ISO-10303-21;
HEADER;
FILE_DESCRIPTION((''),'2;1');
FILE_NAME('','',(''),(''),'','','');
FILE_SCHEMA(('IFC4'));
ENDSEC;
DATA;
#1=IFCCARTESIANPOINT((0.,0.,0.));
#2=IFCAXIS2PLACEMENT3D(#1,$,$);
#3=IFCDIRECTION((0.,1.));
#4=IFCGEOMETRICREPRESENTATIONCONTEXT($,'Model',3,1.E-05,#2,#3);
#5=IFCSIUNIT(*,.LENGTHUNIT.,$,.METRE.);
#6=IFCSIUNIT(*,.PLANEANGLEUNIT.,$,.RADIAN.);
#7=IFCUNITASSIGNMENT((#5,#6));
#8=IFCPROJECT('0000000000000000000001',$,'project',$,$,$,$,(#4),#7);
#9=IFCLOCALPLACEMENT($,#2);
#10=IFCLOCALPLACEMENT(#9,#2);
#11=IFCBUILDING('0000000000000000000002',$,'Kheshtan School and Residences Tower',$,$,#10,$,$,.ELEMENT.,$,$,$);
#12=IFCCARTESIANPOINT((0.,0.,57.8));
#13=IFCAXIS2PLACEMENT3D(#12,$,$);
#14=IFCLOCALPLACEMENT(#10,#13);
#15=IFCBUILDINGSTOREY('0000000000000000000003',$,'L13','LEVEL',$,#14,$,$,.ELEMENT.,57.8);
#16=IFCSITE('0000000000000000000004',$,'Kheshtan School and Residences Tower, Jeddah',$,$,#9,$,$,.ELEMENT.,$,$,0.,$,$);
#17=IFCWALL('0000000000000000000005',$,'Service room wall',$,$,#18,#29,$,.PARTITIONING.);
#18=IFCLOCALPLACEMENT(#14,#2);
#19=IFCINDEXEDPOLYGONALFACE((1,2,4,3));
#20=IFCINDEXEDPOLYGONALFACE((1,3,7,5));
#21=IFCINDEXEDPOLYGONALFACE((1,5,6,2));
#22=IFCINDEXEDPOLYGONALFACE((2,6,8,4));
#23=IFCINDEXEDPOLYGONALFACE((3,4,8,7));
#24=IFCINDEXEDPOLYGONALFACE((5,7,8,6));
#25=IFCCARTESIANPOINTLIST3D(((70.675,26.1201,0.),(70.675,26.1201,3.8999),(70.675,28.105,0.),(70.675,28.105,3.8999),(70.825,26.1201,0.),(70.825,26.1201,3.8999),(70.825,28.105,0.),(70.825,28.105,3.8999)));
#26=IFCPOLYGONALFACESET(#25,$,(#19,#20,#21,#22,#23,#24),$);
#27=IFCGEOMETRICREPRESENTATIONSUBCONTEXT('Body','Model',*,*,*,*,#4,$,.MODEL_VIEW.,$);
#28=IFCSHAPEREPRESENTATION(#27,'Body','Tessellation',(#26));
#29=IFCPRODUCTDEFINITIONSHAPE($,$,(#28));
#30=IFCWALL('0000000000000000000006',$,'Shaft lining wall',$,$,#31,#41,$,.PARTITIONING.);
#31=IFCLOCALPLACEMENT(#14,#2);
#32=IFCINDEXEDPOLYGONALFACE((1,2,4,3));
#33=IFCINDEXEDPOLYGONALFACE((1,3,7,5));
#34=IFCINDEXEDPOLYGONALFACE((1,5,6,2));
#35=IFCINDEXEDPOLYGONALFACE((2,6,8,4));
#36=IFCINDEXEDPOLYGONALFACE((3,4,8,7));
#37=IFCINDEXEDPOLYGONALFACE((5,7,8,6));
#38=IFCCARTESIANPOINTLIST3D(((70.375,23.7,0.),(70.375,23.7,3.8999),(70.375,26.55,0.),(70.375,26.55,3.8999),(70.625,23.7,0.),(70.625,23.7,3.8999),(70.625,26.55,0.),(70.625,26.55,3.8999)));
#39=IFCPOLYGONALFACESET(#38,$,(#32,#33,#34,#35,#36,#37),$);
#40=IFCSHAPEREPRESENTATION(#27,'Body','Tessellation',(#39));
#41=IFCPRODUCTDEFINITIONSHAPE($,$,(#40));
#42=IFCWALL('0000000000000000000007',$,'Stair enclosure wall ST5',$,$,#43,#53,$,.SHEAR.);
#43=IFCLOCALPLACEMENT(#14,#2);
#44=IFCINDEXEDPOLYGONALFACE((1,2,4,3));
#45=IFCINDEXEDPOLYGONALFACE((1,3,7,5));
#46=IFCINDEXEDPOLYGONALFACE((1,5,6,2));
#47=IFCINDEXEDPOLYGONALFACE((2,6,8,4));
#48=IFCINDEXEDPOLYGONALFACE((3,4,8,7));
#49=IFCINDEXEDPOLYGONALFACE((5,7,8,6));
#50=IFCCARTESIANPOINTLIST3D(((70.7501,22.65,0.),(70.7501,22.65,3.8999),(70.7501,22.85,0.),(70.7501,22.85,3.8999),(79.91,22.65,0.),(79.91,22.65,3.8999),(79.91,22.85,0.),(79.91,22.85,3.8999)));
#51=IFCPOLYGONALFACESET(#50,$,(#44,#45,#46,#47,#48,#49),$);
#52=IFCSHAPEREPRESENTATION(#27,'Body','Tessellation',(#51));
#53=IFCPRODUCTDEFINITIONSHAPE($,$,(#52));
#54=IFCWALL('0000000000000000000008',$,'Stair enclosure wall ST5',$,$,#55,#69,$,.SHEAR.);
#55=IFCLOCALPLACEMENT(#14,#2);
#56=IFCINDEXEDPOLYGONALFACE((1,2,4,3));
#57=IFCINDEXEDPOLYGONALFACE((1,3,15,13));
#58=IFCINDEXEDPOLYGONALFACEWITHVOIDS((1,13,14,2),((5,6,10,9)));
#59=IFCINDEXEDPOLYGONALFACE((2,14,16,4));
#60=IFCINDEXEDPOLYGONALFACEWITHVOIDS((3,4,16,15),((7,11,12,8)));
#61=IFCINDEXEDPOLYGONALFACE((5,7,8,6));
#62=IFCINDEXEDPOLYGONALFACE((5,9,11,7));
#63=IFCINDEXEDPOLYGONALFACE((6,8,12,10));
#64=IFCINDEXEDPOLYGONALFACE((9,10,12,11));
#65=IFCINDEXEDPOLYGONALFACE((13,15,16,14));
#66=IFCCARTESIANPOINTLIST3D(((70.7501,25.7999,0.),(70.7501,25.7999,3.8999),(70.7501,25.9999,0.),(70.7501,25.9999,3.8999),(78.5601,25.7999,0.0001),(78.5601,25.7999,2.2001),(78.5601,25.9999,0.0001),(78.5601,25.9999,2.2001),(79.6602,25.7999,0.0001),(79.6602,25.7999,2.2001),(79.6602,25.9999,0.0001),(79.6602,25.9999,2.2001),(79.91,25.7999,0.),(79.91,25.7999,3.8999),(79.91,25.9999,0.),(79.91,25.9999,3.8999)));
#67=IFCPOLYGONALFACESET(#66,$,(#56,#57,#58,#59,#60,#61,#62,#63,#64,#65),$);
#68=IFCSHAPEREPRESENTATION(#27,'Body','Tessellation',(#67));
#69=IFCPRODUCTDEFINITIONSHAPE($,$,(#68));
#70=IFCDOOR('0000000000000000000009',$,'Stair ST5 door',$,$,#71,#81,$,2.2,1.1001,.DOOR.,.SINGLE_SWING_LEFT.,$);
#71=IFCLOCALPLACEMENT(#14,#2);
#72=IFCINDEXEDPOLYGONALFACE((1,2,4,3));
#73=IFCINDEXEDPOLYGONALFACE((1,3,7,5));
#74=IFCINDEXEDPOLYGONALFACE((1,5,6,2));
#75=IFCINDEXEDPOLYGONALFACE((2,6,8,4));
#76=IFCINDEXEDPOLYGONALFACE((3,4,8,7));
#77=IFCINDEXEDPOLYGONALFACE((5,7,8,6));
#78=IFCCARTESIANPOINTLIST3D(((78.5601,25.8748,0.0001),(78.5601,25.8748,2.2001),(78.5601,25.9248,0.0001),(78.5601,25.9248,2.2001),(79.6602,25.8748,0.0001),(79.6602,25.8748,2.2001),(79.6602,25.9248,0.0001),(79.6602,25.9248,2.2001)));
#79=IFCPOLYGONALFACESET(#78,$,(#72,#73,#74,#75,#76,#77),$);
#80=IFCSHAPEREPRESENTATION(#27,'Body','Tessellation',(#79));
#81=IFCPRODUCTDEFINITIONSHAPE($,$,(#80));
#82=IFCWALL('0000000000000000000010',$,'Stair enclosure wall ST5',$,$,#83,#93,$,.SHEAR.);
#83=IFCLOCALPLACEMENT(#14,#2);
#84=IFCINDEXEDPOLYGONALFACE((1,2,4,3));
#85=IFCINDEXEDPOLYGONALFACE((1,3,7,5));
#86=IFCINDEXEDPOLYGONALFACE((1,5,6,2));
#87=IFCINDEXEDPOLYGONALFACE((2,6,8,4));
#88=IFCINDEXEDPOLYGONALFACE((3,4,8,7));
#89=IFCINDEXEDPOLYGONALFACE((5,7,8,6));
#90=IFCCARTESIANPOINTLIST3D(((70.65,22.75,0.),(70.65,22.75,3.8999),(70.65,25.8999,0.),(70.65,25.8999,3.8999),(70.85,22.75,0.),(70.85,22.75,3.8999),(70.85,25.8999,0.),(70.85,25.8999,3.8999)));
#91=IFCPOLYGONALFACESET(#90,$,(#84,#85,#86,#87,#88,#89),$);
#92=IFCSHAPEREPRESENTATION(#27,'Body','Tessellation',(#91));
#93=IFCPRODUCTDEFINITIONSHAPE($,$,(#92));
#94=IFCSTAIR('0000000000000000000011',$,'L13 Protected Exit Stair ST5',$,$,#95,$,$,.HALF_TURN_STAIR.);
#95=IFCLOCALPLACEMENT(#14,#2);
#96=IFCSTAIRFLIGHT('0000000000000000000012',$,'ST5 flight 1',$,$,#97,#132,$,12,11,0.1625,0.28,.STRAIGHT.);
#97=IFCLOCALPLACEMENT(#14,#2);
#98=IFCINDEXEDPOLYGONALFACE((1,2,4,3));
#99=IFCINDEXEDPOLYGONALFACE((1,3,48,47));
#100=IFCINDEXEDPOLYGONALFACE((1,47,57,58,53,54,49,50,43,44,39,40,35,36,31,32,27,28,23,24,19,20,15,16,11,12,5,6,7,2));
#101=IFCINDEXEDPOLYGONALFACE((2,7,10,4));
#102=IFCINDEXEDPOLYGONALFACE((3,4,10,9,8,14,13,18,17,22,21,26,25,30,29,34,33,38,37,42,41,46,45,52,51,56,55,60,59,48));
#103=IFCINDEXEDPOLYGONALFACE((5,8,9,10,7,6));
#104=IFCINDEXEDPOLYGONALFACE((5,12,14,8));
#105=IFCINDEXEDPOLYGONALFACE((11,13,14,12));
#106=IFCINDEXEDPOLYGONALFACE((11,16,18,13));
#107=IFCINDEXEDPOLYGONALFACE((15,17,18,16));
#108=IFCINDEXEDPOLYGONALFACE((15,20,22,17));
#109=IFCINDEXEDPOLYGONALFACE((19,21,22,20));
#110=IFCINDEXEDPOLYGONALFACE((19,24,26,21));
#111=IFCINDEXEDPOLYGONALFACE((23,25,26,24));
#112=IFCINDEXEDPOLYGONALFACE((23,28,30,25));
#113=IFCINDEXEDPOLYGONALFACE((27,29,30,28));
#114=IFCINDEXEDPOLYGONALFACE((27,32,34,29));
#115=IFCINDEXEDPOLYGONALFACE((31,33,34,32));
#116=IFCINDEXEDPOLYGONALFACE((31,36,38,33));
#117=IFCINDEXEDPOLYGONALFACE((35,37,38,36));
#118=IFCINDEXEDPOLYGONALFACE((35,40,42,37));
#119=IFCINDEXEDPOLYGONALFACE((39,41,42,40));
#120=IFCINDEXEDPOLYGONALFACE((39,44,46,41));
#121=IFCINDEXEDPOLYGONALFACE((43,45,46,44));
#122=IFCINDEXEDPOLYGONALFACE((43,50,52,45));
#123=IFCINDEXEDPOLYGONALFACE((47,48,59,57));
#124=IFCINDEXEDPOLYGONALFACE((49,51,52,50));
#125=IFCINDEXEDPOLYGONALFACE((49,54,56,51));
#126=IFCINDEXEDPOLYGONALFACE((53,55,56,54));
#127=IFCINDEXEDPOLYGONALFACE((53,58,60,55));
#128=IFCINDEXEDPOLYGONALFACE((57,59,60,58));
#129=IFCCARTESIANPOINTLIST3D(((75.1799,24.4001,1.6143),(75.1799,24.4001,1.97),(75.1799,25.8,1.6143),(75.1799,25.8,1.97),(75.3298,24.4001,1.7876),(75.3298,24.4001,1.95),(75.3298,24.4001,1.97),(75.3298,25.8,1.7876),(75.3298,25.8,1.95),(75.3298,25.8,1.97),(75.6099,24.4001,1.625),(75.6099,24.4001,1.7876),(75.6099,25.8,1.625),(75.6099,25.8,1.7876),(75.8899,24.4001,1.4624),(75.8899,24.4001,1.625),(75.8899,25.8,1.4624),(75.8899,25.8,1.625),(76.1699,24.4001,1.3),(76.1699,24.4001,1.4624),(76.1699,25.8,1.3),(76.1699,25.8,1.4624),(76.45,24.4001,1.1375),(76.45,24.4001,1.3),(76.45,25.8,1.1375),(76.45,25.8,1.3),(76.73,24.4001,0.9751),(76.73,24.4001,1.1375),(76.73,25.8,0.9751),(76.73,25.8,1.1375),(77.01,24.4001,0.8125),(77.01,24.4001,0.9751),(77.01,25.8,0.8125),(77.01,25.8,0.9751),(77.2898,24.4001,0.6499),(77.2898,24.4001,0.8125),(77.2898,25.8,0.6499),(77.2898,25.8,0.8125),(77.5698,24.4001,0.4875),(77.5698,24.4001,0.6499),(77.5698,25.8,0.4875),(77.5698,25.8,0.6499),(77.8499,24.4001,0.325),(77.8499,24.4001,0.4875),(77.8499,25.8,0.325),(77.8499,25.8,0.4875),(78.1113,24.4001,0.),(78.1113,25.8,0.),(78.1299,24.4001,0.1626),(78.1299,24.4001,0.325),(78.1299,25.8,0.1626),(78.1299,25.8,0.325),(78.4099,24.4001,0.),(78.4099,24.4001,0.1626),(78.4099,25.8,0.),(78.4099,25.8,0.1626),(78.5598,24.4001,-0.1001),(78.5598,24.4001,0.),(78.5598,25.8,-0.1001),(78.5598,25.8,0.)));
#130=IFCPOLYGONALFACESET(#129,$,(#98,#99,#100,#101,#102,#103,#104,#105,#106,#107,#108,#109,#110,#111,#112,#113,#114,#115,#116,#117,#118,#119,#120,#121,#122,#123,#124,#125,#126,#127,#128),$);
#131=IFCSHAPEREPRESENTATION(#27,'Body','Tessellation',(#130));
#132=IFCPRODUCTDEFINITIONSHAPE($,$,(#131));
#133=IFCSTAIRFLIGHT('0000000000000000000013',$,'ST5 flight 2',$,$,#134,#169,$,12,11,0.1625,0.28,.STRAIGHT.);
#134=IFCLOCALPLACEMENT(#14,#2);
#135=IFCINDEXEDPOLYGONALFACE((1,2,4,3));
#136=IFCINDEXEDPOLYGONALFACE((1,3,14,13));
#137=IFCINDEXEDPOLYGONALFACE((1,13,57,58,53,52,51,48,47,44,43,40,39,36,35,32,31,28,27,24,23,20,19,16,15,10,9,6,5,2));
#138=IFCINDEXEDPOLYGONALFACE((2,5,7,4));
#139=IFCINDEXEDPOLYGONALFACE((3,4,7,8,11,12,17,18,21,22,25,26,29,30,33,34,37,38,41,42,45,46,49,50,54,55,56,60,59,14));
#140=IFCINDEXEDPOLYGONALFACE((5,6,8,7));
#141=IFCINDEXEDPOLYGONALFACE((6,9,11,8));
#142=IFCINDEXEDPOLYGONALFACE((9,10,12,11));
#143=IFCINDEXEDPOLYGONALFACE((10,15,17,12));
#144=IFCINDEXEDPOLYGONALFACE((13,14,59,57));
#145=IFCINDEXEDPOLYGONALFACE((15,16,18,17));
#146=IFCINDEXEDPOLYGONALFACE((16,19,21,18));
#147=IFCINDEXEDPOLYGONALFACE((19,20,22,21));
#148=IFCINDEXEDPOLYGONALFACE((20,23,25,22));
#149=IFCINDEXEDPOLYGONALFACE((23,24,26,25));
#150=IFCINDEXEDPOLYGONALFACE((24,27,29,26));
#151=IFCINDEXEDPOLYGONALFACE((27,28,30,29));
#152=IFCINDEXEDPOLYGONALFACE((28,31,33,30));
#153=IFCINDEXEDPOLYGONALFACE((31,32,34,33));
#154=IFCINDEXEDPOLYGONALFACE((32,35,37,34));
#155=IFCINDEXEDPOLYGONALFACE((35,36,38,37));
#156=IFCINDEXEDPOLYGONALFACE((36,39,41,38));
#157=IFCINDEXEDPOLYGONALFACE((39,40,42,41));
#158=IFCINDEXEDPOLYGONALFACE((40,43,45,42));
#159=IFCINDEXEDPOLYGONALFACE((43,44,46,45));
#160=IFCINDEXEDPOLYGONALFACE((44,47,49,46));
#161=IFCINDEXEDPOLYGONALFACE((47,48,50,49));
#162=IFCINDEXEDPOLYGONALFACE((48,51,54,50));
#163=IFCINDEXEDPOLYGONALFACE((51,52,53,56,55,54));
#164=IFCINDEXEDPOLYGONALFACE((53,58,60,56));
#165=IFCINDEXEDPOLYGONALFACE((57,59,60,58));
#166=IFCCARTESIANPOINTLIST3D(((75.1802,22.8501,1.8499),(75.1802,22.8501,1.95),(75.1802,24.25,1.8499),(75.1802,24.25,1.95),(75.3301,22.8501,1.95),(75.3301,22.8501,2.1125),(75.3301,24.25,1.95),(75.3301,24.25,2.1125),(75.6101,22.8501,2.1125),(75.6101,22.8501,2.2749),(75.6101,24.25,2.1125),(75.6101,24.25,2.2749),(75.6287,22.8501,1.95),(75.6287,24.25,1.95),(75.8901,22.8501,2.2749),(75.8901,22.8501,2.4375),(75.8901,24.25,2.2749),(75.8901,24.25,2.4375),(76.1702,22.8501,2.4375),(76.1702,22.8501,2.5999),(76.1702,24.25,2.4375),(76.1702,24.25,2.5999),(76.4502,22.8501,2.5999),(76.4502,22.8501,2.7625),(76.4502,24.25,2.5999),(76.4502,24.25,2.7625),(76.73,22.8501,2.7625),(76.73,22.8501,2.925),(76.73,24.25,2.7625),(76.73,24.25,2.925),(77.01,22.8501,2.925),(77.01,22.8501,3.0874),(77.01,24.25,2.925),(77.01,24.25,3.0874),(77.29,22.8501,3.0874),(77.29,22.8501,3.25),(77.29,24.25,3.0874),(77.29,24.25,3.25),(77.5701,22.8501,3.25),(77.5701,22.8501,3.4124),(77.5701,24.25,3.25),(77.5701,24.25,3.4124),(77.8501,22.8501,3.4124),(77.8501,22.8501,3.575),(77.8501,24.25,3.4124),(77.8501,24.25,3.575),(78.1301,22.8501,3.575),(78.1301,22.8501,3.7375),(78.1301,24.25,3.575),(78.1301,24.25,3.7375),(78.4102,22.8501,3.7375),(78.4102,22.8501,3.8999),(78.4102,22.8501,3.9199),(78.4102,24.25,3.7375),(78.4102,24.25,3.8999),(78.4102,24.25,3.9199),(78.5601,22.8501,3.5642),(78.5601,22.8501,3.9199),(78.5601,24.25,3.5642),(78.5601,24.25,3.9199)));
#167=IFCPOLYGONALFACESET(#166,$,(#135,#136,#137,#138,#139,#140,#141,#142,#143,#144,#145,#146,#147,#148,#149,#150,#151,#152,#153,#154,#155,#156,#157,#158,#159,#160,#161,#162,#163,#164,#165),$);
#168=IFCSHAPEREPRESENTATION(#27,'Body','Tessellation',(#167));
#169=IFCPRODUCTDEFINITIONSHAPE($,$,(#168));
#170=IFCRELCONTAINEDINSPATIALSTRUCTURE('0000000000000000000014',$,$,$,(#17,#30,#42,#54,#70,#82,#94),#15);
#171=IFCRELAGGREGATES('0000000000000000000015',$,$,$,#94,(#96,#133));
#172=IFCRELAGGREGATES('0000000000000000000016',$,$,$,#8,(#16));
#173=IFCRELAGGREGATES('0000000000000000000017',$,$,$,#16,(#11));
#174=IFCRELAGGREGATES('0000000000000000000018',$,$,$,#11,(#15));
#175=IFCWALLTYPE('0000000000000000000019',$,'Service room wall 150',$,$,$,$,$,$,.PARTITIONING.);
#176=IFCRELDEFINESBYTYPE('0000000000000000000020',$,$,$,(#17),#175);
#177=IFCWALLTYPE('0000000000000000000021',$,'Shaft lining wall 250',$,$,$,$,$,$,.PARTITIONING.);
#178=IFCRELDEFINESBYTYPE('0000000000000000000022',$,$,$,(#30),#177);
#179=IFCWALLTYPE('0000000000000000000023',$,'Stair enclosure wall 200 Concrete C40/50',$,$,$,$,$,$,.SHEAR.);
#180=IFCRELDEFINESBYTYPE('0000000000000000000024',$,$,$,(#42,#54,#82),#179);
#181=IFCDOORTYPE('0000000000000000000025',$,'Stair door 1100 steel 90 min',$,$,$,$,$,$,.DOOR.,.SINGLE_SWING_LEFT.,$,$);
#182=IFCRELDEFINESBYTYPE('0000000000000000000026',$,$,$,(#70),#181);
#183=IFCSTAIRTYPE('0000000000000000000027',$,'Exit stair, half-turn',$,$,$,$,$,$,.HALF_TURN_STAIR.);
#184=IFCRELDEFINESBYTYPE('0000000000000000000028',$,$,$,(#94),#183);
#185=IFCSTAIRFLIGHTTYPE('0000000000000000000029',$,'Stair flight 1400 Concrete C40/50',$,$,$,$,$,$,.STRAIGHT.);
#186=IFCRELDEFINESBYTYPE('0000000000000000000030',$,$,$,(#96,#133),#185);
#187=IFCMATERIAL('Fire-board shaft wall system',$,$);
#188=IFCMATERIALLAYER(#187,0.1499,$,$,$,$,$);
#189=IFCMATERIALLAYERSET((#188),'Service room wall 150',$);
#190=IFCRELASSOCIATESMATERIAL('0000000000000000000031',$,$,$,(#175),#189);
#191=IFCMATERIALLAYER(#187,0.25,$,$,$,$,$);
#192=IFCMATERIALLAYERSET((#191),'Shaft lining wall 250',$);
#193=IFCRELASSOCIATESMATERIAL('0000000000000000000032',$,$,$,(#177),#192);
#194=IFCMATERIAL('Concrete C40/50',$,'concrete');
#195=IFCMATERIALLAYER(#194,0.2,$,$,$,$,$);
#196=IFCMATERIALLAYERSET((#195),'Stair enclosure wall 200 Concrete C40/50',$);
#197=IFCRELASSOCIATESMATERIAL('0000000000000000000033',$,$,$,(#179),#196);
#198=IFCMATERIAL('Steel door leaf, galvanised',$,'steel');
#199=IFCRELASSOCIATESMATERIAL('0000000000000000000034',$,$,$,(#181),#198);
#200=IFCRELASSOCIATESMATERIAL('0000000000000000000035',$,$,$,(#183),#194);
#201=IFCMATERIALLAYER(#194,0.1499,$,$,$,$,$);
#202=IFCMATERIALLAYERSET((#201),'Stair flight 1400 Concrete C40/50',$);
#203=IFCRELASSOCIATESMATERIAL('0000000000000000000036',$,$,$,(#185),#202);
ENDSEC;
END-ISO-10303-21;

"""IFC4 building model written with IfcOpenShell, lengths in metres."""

from ifc_helpers import new_model, si_unit, direction, frame, frame_2d, origin, place, context, subcontext, project, spatial, polyline, rectangle, outline, extrude, source, transform, mapped, material, layer, layer_set, type_object, element, fill, aggregate, save


model = new_model("IFC4")

# Units and contexts
model_context = context("Model", 3, precision=1e-05, world=origin(), true_north=direction((0.0, 1.0)))
body_context = subcontext(model_context, "Body", "Model", "MODEL_VIEW")
ifc_project = project(units=[si_unit("LENGTHUNIT", "METRE"), si_unit("PLANEANGLEUNIT", "RADIAN")], contexts=[model_context])

# Site, building, storey
site_placement = place(None, origin())
site = spatial("IfcSite", under=ifc_project, at=site_placement, Name="Kheshtan School and Residences Tower, Jeddah", CompositionType="ELEMENT", RefElevation=0.0)
building_placement = place(site_placement, origin())
building = spatial("IfcBuilding", under=site, at=building_placement, Name="Kheshtan School and Residences Tower", CompositionType="ELEMENT")
storey_placement = place(building_placement, frame((0.0, 0.0, 57.8)))
storey = spatial("IfcBuildingStorey", under=building, at=storey_placement, Name="L13", Description="LEVEL", CompositionType="ELEMENT", Elevation=57.8)

# Walls
ifc_material_1 = material(Name="Fire-board shaft wall system")
ifc_layer_1 = layer(ifc_material_1, 0.1499)
ifc_layer_set_1 = layer_set([ifc_layer_1], Name="Service room wall 150")
wall_type_1 = type_object("IfcWallType", Name="Service room wall 150", PredefinedType="PARTITIONING", material=ifc_layer_set_1)
wall_1_placement = place(storey_placement, frame((70.75, 26.1201, 0.0), z_axis=(0.0, 0.0, 1.0), x_axis=(0.0, 1.0, 0.0)))
element("IfcWall", 1, at=wall_1_placement, inside=storey, type_object=wall_type_1, Name="Service room wall", PredefinedType="PARTITIONING", context=body_context, shape_type="SweptSolid", body=[
    extrude(rectangle(XDim=1.9849, YDim=0.1499, at=frame_2d((0.9924, 0.0))), origin(), (0.0, 0.0, 1.0), 3.8999),
])
ifc_layer_2 = layer(ifc_material_1, 0.25)
ifc_layer_set_2 = layer_set([ifc_layer_2], Name="Shaft lining wall 250")
wall_type_2 = type_object("IfcWallType", Name="Shaft lining wall 250", PredefinedType="PARTITIONING", material=ifc_layer_set_2)
wall_2_placement = place(storey_placement, frame((70.5, 23.7, 0.0), z_axis=(0.0, 0.0, 1.0), x_axis=(0.0, 1.0, 0.0)))
element("IfcWall", 2, at=wall_2_placement, inside=storey, type_object=wall_type_2, Name="Shaft lining wall", PredefinedType="PARTITIONING", context=body_context, shape_type="SweptSolid", body=[
    extrude(rectangle(XDim=2.8501, YDim=0.25, at=frame_2d((1.425, 0.0))), origin(), (0.0, 0.0, 1.0), 3.8999),
])
ifc_material_2 = material(Name="Concrete C40/50", Category="concrete")
ifc_layer_3 = layer(ifc_material_2, 0.2)
ifc_layer_set_3 = layer_set([ifc_layer_3], Name="Stair enclosure wall 200 Concrete C40/50")
wall_type_3 = type_object("IfcWallType", Name="Stair enclosure wall 200 Concrete C40/50", PredefinedType="SHEAR", material=ifc_layer_set_3)
wall_3_placement = place(storey_placement, frame((70.75, 22.75, 0.0), z_axis=(0.0, 0.0, 1.0), x_axis=(1.0, 0.0, 0.0)))
element("IfcWall", 3, at=wall_3_placement, inside=storey, type_object=wall_type_3, Name="Stair enclosure wall ST5", PredefinedType="SHEAR", context=body_context, shape_type="SweptSolid", body=[
    extrude(rectangle(XDim=9.1599, YDim=0.2, at=frame_2d((4.5801, 0.0))), origin(), (0.0, 0.0, 1.0), 3.8999),
])

# Wall, opening, door
wall_4_placement = place(storey_placement, frame((70.75, 25.8999, 0.0), z_axis=(0.0, 0.0, 1.0), x_axis=(1.0, 0.0, 0.0)))
wall_4 = element("IfcWall", 4, at=wall_4_placement, inside=storey, type_object=wall_type_3, Name="Stair enclosure wall ST5", PredefinedType="SHEAR", context=body_context, shape_type="SweptSolid", body=[
    extrude(rectangle(XDim=9.1599, YDim=0.2, at=frame_2d((4.5801, 0.0))), origin(), (0.0, 0.0, 1.0), 3.8999),
])
opening_placement = place(wall_4_placement, frame((7.8101, 0.0, 0.0)))
opening = element("IfcOpeningElement", 5, at=opening_placement, cuts=wall_4, PredefinedType="OPENING", context=body_context, shape_type="SweptSolid", body=[
    extrude(rectangle(XDim=1.1001, YDim=2.2, at=frame_2d((0.55, 1.1001))), frame((0.0, 0.1099, 0.0), z_axis=(0.0, -1.0, 0.0), x_axis=(1.0, 0.0, 0.0)), (0.0, 0.0, 1.0), 0.22),
])
ifc_material_3 = material(Name="Steel door leaf, galvanised", Category="steel")
door_type = type_object("IfcDoorType", Name="Stair door 1100 steel 90 min", OperationType="SINGLE_SWING_LEFT", PredefinedType="DOOR", material=ifc_material_3)
shared_shape = source(origin(), body_context, "Body", "SweptSolid", [
    extrude(rectangle(XDim=1.1001, YDim=2.2, at=frame_2d((0.55, 1.1001))), frame((0.0, 0.0249, 0.0), z_axis=(0.0, -1.0, 0.0), x_axis=(1.0, 0.0, 0.0)), (0.0, 0.0, 1.0), 0.05),
])
door_placement = place(opening_placement, origin())
door = element("IfcDoor", 6, at=door_placement, inside=storey, type_object=door_type, Name="Stair ST5 door", OperationType="SINGLE_SWING_LEFT", OverallHeight=2.2, OverallWidth=1.1001, PredefinedType="DOOR", context=body_context, shape_type="MappedRepresentation", body=[
    mapped(shared_shape, transform((0.0, 0.0, 0.0), x_axis=(1.0, 0.0, 0.0), y_axis=(0.0, 1.0, 0.0), z_axis=(0.0, 0.0, 1.0), scale=1.0)),
])
fill(opening, door)

# Wall
wall_5_placement = place(storey_placement, frame((70.75, 22.75, 0.0), z_axis=(0.0, 0.0, 1.0), x_axis=(0.0, 1.0, 0.0)))
element("IfcWall", 7, at=wall_5_placement, inside=storey, type_object=wall_type_3, Name="Stair enclosure wall ST5", PredefinedType="SHEAR", context=body_context, shape_type="SweptSolid", body=[
    extrude(rectangle(XDim=3.1499, YDim=0.2, at=frame_2d((1.575, 0.0))), origin(), (0.0, 0.0, 1.0), 3.8999),
])

# Stair, stair flights
stair_type = type_object("IfcStairType", Name="Exit stair, half-turn", PredefinedType="HALF_TURN_STAIR", material=ifc_material_2)
stair_placement = place(storey_placement, origin())
stair = element("IfcStair", 8, at=stair_placement, inside=storey, type_object=stair_type, Name="L13 Protected Exit Stair ST5", PredefinedType="HALF_TURN_STAIR")
ifc_layer_4 = layer(ifc_material_2, 0.1499)
ifc_layer_set_4 = layer_set([ifc_layer_4], Name="Stair flight 1400 Concrete C40/50")
stair_flight_type = type_object("IfcStairFlightType", Name="Stair flight 1400 Concrete C40/50", PredefinedType="STRAIGHT", material=ifc_layer_set_4)
stair_flight_1_placement = place(storey_placement, frame((78.4099, 25.1001, 0.0), z_axis=(0.0, 0.0, 1.0), x_axis=(-1.0, 0.0, 0.0)))
stair_flight_1 = element("IfcStairFlight", 9, at=stair_flight_1_placement, type_object=stair_flight_type, Name="ST5 flight 1", NumberOfRisers=12, NumberOfTreads=11, PredefinedType="STRAIGHT", RiserHeight=0.1625, TreadLength=0.28, context=body_context, shape_type="SweptSolid", body=[
    extrude(outline(polyline([(-0.1499, -0.1001), (-0.1499, 0.0), (0.0, 0.0), (0.0, 0.1626), (0.28, 0.1626), (0.28, 0.325), (0.5601, 0.325), (0.5601, 0.4875), (0.8401, 0.4875), (0.8401, 0.6499), (1.1201, 0.6499), (1.1201, 0.8125), (1.3999, 0.8125), (1.3999, 0.9751), (1.6799, 0.9751), (1.6799, 1.1375), (1.96, 1.1375), (1.96, 1.3), (2.24, 1.3), (2.24, 1.4624), (2.52, 1.4624), (2.52, 1.625), (2.8, 1.625), (2.8, 1.7876), (3.0801, 1.7876), (3.0801, 1.95), (3.0801, 1.97), (3.23, 1.97), (3.23, 1.6143), (0.2986, 0.0), (-0.1499, -0.1001)])), frame((0.0, 0.7, 0.0), z_axis=(0.0, -1.0, 0.0), x_axis=(1.0, 0.0, 0.0)), (0.0, 0.0, 1.0), 1.3999),
])
stair_flight_2_placement = place(storey_placement, frame((75.3301, 23.55, 1.95), z_axis=(0.0, 0.0, 1.0), x_axis=(1.0, 0.0, 0.0)))
stair_flight_2 = element("IfcStairFlight", 10, at=stair_flight_2_placement, type_object=stair_flight_type, Name="ST5 flight 2", NumberOfRisers=12, NumberOfTreads=11, PredefinedType="STRAIGHT", RiserHeight=0.1625, TreadLength=0.28, context=body_context, shape_type="SweptSolid", body=[
    extrude(outline(polyline([(-0.1499, -0.1001), (-0.1499, 0.0), (0.0, 0.0), (0.0, 0.1626), (0.28, 0.1626), (0.28, 0.325), (0.5601, 0.325), (0.5601, 0.4875), (0.8401, 0.4875), (0.8401, 0.6499), (1.1201, 0.6499), (1.1201, 0.8125), (1.3999, 0.8125), (1.3999, 0.9751), (1.6799, 0.9751), (1.6799, 1.1375), (1.96, 1.1375), (1.96, 1.3), (2.24, 1.3), (2.24, 1.4624), (2.52, 1.4624), (2.52, 1.625), (2.8, 1.625), (2.8, 1.7876), (3.0801, 1.7876), (3.0801, 1.95), (3.0801, 1.97), (3.23, 1.97), (3.23, 1.6143), (0.2986, 0.0), (-0.1499, -0.1001)])), frame((0.0, 0.7, 0.0), z_axis=(0.0, -1.0, 0.0), x_axis=(1.0, 0.0, 0.0)), (0.0, 0.0, 1.0), 1.3999),
])
aggregate(stair, [stair_flight_1, stair_flight_2])

save(model, "model.ifc")
